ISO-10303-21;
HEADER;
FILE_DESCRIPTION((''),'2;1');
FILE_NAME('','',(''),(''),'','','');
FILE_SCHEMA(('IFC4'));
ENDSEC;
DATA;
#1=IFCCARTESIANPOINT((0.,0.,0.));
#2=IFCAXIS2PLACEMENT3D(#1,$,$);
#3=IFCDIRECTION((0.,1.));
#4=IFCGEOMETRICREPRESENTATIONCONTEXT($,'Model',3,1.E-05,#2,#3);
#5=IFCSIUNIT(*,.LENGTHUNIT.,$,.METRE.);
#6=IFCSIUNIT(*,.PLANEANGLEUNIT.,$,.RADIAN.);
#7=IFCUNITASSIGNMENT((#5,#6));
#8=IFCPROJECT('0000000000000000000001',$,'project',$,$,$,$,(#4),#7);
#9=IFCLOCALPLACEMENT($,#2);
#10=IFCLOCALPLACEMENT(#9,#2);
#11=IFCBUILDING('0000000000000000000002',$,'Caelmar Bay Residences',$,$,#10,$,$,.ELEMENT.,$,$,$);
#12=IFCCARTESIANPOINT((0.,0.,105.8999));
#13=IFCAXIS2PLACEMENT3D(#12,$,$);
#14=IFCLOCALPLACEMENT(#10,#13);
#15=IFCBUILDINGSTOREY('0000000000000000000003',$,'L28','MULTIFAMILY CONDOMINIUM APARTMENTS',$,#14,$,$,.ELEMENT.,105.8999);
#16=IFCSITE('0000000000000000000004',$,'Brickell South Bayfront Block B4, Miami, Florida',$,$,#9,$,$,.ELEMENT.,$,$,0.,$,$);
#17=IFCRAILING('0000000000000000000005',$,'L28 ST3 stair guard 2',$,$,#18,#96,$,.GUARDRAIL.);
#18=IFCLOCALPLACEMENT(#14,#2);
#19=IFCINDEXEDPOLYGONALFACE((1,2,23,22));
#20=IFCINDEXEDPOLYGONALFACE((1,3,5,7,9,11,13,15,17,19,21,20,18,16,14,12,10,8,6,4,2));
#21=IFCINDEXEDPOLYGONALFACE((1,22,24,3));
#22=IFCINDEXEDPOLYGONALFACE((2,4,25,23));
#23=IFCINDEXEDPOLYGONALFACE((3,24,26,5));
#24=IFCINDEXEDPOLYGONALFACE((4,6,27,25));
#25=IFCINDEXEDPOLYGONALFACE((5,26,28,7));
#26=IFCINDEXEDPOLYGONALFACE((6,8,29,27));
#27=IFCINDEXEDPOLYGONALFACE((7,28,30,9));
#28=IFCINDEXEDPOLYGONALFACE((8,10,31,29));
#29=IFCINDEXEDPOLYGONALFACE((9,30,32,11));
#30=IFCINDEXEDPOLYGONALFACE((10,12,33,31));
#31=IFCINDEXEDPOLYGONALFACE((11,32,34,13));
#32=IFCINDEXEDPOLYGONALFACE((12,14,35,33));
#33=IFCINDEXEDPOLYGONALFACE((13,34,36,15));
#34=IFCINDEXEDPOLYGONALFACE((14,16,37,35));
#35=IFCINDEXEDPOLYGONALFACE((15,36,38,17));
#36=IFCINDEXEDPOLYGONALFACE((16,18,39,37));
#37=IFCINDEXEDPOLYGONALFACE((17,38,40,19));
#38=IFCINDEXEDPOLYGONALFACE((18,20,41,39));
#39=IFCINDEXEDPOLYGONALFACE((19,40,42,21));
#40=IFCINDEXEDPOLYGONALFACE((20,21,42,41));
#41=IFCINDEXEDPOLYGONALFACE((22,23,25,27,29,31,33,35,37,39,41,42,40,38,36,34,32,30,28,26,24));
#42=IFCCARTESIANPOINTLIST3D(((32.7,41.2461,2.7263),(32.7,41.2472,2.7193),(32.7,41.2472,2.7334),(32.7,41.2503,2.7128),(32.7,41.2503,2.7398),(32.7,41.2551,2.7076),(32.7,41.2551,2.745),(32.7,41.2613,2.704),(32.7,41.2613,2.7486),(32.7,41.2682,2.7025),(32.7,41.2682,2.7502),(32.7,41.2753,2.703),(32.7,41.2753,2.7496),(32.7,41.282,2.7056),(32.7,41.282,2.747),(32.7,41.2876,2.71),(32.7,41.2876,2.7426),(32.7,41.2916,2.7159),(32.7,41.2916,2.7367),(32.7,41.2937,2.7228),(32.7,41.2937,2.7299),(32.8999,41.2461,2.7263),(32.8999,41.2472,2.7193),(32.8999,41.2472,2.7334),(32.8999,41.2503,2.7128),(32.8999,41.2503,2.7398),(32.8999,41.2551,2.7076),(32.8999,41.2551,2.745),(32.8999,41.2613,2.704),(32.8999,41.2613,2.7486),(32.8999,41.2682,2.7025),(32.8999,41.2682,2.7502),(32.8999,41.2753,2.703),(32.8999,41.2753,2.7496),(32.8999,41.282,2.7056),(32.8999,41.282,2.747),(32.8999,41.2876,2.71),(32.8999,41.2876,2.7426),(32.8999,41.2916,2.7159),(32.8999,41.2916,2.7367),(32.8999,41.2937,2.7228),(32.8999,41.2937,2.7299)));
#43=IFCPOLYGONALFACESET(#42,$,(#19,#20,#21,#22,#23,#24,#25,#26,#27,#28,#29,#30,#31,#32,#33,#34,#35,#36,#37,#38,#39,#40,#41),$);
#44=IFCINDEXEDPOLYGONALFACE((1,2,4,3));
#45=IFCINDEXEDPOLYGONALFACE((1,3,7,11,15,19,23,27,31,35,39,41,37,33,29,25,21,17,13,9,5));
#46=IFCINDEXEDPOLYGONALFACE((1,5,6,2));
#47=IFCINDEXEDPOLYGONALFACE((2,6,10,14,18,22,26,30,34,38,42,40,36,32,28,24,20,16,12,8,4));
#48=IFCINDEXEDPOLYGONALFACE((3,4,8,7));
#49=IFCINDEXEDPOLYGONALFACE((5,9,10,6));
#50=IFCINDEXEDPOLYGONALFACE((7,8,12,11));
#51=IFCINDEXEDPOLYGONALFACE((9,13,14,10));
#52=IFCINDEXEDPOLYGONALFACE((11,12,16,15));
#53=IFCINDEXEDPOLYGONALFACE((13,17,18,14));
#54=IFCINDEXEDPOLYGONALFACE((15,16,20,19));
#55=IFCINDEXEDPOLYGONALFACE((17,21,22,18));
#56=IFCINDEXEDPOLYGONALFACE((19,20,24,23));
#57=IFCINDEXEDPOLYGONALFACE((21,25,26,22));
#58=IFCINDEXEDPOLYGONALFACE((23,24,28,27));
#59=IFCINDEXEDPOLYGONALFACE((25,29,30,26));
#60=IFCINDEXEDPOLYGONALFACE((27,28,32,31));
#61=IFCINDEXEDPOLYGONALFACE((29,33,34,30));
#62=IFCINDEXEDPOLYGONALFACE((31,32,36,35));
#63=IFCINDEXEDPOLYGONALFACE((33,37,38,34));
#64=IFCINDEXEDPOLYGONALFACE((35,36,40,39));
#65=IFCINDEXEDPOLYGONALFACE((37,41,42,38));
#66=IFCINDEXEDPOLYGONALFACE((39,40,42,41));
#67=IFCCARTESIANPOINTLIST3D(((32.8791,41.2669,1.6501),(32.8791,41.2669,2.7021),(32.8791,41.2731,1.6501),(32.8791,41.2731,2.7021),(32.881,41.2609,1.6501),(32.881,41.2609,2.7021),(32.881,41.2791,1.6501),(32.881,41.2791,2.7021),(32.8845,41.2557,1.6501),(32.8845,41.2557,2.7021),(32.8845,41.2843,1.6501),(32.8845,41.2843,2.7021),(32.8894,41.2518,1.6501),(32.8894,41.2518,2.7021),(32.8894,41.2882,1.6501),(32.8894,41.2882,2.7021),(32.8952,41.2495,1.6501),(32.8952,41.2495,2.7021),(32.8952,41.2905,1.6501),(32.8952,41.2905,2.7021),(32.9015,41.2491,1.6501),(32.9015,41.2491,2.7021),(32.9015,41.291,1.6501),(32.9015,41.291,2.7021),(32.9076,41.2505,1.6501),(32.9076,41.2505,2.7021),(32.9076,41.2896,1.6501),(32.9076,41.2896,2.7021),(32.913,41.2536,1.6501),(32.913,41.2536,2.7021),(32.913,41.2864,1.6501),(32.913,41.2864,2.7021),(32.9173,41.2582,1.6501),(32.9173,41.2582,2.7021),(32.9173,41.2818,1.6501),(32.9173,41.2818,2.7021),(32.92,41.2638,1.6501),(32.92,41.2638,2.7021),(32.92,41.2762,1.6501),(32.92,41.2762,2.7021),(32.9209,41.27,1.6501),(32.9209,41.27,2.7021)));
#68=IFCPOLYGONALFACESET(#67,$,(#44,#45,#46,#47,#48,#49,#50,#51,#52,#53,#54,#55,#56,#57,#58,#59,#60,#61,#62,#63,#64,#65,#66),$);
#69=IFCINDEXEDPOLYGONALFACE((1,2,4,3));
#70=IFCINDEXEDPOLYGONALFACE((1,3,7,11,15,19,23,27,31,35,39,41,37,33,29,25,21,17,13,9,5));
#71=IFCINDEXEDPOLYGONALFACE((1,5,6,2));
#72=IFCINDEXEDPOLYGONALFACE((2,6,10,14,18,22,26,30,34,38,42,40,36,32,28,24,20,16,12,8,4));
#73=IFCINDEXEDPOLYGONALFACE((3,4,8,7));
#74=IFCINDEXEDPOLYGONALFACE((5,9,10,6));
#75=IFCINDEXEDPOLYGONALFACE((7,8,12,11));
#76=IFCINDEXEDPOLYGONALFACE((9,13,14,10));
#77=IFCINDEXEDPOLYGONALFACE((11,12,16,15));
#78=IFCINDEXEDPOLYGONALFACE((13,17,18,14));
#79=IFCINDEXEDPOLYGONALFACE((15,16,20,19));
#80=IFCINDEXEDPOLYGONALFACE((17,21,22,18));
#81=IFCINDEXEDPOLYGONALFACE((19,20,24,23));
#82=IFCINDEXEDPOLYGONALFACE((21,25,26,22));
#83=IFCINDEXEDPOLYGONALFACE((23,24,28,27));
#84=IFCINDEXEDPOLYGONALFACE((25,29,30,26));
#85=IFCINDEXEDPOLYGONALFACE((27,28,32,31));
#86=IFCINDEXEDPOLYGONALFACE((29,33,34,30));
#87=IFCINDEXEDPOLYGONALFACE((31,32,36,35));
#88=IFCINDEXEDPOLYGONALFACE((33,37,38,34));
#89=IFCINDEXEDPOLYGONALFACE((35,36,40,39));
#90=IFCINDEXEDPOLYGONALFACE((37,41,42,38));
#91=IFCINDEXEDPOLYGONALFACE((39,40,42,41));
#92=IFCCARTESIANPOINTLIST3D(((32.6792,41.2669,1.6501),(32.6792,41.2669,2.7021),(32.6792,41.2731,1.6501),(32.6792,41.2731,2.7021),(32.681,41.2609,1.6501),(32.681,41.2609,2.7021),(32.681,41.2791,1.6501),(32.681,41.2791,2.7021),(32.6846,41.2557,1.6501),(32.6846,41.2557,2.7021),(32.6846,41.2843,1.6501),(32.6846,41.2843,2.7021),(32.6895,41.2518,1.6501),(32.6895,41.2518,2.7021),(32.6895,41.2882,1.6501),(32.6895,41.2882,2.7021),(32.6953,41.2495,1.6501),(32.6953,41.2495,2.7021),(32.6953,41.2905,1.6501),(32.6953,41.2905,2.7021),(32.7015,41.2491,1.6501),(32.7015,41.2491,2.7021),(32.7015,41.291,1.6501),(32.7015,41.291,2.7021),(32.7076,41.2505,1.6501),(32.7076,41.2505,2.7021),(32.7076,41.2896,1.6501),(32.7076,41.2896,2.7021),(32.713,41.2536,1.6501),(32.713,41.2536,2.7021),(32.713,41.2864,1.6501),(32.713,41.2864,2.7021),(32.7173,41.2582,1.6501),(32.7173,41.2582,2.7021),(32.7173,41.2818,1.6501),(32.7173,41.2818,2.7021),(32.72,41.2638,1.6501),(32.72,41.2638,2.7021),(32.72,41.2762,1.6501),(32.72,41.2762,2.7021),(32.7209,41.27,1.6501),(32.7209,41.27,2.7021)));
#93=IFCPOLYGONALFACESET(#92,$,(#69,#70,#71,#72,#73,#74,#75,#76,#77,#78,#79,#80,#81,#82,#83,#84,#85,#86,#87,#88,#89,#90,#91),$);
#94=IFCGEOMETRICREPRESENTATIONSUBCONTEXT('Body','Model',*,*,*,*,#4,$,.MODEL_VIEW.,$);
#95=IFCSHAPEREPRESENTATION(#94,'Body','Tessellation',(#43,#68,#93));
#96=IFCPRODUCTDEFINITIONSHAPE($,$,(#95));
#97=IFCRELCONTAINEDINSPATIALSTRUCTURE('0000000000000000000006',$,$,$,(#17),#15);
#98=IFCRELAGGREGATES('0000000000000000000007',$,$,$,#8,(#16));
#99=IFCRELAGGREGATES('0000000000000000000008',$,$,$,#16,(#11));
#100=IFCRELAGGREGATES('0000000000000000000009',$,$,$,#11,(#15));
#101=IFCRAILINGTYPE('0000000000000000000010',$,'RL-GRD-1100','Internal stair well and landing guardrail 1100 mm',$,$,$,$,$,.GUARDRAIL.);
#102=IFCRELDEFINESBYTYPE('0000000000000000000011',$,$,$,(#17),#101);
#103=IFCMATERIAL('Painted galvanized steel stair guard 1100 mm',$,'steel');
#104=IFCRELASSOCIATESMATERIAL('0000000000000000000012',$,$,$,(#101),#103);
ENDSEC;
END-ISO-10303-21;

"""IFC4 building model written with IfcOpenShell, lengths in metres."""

from ifc_helpers import new_model, si_unit, direction, frame, origin, origin_2d, place, context, subcontext, project, spatial, circle, extrude, material, type_object, element, save


model = new_model("IFC4")

# Units and contexts
model_context = context("Model", 3, precision=1e-05, world=origin(), true_north=direction((0.0, 1.0)))
body_context = subcontext(model_context, "Body", "Model", "MODEL_VIEW")
ifc_project = project(units=[si_unit("LENGTHUNIT", "METRE"), si_unit("PLANEANGLEUNIT", "RADIAN")], contexts=[model_context])

# Site, building, storey
site_placement = place(None, origin())
site = spatial("IfcSite", under=ifc_project, at=site_placement, Name="Brickell South Bayfront Block B4, Miami, Florida", CompositionType="ELEMENT", RefElevation=0.0)
building_placement = place(site_placement, origin())
building = spatial("IfcBuilding", under=site, at=building_placement, Name="Caelmar Bay Residences", CompositionType="ELEMENT")
storey_placement = place(building_placement, frame((0.0, 0.0, 105.8999)))
storey = spatial("IfcBuildingStorey", under=building, at=storey_placement, Name="L28", Description="MULTIFAMILY CONDOMINIUM APARTMENTS", CompositionType="ELEMENT", Elevation=105.8999)

# Railing
ifc_material_1 = material(Name="Painted galvanized steel stair guard 1100 mm", Category="steel")
railing_type_1 = type_object("IfcRailingType", Name="RL-GRD-1100", Description="Internal stair well and landing guardrail 1100 mm", PredefinedType="GUARDRAIL", material=ifc_material_1)
railing_1_placement = place(storey_placement, frame((32.8999, 41.27, 1.6501)))
element("IfcRailing", 1, at=railing_1_placement, inside=storey, type_object=railing_type_1, Name="L28 ST3 stair guard 2", PredefinedType="GUARDRAIL", context=body_context, shape_type="SweptSolid", body=[
    extrude(circle(Radius=0.0239, at=origin_2d()), frame((0.0, 0.0, 1.0762), z_axis=(-1.0, 0.0, 0.0), x_axis=(0.0, -1.0, 0.0)), (0.0, 0.0, 1.0), 0.2),
    extrude(circle(Radius=0.021, at=origin_2d()), origin(), (0.0, 0.0, 1.0), 1.052),
    extrude(circle(Radius=0.021, at=origin_2d()), frame((-0.2, 0.0, 0.0)), (0.0, 0.0, 1.0), 1.052),
])

save(model, "model.ifc")
